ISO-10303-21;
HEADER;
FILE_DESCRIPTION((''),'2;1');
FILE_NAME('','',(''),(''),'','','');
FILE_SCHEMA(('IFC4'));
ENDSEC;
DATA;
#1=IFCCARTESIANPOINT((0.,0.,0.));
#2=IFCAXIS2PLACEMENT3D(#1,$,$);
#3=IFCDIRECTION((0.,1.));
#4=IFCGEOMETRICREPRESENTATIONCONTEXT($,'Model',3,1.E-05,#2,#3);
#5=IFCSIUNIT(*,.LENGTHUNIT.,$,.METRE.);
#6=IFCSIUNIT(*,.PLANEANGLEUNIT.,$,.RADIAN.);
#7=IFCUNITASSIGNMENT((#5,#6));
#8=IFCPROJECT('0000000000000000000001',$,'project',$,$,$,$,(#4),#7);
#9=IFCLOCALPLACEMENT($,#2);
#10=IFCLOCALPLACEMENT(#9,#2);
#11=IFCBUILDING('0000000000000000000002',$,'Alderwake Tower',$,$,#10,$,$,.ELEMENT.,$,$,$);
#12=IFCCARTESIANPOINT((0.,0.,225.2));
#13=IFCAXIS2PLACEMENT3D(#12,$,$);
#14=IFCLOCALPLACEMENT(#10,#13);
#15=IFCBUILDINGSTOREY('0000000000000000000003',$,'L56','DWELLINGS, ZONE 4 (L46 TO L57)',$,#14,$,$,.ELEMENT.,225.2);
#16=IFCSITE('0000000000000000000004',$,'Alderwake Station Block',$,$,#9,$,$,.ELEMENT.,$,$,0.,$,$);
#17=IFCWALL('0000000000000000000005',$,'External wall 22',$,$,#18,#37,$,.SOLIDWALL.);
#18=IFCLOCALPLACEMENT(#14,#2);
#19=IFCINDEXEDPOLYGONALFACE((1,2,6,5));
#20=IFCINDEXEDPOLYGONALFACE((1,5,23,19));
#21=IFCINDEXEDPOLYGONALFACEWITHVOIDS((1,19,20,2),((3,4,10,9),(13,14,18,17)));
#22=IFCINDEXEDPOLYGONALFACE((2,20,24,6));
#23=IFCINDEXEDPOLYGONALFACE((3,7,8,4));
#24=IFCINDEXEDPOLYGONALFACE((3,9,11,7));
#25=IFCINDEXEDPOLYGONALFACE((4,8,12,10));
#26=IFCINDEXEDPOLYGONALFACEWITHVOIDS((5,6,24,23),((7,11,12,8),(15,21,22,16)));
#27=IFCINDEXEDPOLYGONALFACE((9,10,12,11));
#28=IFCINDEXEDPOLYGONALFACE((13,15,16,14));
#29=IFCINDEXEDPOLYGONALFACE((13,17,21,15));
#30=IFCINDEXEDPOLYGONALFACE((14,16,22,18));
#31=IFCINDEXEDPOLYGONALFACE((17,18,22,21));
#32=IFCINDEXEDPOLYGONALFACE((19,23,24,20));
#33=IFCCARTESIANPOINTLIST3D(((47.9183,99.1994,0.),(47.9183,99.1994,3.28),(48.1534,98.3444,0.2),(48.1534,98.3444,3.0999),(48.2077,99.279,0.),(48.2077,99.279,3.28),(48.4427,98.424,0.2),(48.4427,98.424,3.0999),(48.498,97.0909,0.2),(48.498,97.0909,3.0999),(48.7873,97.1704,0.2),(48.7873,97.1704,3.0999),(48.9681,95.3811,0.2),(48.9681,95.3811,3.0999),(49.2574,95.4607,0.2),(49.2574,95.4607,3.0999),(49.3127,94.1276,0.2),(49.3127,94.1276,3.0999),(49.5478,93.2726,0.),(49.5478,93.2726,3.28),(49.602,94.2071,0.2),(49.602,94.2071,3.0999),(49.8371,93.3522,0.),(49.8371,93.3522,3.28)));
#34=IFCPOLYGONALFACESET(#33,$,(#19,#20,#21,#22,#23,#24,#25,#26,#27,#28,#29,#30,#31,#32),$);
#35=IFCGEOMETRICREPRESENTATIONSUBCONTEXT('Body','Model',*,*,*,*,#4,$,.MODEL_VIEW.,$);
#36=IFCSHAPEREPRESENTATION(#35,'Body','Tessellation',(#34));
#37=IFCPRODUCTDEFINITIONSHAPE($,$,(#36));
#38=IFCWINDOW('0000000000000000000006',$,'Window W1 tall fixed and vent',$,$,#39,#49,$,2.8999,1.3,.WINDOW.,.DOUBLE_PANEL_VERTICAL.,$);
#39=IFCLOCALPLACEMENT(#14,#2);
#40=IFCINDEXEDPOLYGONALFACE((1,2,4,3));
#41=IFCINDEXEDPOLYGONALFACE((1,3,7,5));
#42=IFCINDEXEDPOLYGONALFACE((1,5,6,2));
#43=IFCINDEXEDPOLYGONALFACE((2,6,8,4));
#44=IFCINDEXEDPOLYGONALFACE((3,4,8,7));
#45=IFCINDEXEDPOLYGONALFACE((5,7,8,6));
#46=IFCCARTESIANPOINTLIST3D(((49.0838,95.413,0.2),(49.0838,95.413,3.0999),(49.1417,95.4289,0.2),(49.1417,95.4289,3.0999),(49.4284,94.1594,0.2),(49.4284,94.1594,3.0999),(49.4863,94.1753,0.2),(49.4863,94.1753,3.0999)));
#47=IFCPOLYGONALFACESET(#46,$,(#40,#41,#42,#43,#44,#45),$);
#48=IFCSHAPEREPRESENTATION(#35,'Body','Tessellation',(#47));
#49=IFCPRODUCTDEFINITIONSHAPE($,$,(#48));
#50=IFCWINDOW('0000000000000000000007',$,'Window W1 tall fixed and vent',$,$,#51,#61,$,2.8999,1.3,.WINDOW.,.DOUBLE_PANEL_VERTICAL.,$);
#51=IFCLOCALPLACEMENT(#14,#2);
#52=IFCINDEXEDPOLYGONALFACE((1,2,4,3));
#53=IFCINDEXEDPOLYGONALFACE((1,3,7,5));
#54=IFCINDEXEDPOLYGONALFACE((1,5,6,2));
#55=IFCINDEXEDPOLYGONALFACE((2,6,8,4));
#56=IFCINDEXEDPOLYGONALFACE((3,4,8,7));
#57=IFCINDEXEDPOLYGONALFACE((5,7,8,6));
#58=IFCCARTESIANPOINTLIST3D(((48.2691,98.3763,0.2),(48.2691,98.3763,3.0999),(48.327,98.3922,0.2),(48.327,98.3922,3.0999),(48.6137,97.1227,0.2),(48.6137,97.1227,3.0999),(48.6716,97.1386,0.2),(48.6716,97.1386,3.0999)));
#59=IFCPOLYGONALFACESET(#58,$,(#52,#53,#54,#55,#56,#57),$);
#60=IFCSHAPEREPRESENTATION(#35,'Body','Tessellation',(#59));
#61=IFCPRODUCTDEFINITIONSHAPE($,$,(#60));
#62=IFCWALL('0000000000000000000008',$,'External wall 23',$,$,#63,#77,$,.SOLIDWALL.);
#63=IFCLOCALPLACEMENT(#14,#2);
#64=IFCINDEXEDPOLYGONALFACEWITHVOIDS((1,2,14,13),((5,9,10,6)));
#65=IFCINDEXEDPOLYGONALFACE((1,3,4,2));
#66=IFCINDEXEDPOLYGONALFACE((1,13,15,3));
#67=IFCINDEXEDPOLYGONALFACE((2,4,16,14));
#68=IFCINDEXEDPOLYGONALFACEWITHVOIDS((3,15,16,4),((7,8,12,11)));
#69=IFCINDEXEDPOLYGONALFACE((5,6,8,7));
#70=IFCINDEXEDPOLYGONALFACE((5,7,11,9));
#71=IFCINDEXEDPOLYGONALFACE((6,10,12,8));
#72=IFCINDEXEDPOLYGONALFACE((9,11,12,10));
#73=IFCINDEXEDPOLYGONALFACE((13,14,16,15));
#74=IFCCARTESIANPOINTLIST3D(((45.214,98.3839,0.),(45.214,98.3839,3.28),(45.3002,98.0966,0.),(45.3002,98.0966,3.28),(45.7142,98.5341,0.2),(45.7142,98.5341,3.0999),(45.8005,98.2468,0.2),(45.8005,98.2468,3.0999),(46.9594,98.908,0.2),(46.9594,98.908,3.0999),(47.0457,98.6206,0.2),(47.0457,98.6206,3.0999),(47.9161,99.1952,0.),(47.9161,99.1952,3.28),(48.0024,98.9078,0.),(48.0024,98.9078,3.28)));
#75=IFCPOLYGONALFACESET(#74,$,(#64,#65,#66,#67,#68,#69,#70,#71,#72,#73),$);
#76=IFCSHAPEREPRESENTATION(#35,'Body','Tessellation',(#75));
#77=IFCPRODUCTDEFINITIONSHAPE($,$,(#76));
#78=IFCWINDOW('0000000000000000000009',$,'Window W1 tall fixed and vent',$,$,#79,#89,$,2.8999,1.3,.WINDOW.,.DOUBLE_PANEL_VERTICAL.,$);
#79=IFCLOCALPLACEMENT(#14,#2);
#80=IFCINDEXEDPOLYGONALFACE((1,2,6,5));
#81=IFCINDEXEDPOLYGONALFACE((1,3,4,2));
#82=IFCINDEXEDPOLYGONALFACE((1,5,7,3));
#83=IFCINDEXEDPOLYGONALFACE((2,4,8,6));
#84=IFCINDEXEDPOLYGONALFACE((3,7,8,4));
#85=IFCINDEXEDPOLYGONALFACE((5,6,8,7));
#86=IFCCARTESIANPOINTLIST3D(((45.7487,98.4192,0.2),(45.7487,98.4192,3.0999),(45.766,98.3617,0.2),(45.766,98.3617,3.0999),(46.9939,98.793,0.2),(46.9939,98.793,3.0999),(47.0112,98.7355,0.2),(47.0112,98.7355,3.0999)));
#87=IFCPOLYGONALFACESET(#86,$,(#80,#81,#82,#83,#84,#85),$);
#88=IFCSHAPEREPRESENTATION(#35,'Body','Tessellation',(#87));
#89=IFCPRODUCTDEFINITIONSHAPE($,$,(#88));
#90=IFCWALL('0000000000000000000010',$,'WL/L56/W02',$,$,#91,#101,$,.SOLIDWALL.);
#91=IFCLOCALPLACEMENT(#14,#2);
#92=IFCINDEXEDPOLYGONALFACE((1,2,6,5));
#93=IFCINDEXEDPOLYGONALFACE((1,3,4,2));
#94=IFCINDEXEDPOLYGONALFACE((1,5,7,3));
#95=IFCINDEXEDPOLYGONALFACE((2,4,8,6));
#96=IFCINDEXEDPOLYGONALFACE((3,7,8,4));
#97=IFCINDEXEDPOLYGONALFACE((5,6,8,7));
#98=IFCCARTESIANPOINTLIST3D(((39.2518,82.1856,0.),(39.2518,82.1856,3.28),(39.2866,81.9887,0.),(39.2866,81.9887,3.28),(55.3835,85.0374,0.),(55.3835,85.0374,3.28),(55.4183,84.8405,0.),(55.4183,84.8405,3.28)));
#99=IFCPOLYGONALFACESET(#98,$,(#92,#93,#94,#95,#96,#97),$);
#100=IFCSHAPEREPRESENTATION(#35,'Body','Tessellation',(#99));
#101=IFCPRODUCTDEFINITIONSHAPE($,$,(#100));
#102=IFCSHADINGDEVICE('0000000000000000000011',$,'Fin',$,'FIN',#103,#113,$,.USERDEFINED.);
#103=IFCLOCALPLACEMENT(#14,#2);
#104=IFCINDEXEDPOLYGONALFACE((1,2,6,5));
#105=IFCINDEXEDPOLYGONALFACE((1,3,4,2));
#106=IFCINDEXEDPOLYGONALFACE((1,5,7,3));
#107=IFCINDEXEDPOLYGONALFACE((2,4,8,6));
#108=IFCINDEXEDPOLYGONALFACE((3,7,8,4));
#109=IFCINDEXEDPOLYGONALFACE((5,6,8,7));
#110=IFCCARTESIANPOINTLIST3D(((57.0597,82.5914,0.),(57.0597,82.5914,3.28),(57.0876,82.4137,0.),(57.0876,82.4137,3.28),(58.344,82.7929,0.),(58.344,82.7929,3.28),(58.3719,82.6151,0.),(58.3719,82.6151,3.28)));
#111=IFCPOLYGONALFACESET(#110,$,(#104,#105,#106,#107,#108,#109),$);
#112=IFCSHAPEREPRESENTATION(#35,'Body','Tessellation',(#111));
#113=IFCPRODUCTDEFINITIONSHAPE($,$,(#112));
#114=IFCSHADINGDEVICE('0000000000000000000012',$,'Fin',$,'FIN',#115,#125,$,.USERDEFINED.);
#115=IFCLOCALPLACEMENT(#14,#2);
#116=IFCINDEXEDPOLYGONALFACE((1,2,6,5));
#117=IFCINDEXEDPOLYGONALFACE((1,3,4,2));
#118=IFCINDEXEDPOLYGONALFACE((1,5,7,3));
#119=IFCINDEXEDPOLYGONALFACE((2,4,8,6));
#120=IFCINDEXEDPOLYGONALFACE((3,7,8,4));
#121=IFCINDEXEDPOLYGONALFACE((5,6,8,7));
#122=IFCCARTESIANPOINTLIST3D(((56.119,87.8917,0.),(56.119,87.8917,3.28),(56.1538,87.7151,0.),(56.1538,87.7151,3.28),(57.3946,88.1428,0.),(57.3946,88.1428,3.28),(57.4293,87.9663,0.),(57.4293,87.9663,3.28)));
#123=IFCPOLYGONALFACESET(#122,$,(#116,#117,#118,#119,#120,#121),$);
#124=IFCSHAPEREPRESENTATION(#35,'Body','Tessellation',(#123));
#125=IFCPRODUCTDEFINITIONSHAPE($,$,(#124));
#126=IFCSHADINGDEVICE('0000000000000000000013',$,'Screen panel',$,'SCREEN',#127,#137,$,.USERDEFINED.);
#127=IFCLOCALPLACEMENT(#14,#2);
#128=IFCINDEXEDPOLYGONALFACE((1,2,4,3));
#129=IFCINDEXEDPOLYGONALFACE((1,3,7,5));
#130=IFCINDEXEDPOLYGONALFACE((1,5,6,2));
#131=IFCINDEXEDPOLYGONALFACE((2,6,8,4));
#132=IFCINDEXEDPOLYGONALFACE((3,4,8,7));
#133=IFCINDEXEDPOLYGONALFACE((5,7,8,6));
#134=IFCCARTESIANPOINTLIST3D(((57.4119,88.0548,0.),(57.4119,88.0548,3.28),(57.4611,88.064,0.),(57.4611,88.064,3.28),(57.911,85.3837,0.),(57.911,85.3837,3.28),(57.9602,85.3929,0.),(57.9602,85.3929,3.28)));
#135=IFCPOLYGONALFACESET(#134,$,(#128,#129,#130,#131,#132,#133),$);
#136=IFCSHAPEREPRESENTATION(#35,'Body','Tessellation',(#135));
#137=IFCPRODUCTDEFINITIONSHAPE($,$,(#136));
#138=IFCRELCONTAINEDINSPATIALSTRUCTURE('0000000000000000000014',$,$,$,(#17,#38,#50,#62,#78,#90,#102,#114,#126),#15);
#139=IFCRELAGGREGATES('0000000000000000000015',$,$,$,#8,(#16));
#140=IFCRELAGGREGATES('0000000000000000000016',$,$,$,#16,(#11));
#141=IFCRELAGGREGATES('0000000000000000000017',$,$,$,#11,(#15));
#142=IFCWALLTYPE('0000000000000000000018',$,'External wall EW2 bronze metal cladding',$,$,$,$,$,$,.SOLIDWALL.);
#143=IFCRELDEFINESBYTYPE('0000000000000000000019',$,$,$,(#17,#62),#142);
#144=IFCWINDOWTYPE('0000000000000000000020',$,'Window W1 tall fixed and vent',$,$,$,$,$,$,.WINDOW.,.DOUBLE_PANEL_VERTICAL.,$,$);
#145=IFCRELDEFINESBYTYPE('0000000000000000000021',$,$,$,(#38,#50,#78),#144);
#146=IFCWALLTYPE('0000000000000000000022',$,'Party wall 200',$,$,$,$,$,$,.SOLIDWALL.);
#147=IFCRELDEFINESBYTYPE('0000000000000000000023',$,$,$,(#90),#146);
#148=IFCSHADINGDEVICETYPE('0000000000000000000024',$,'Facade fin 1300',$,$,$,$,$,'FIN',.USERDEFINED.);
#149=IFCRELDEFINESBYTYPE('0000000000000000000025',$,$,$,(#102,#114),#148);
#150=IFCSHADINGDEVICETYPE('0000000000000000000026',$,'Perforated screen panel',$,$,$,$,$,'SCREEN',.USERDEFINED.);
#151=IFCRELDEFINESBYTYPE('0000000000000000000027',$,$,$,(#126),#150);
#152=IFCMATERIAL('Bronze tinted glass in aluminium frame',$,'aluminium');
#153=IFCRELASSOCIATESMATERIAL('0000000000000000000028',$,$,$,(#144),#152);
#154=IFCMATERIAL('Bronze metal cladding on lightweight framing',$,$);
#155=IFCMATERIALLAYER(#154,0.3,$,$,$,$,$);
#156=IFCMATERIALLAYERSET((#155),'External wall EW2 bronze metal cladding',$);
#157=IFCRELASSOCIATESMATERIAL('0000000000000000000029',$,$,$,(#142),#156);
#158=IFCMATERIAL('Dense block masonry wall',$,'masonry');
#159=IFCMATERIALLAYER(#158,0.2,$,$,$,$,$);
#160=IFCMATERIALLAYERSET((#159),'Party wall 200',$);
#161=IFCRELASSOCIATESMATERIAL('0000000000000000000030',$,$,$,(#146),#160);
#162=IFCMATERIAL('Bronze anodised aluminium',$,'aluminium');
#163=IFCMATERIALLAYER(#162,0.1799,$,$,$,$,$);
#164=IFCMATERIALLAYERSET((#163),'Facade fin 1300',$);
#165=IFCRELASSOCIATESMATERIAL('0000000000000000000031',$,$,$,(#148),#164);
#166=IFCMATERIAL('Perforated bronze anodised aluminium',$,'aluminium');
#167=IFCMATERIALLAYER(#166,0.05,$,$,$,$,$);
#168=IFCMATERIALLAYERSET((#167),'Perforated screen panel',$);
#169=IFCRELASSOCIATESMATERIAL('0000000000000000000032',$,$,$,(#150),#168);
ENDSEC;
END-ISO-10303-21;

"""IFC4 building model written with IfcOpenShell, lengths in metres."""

from ifc_helpers import new_model, si_unit, direction, frame, frame_2d, origin, origin_2d, place, context, subcontext, project, spatial, rectangle, extrude, material, layer, layer_set, type_object, element, fill, save


model = new_model("IFC4")

# Units and contexts
model_context = context("Model", 3, precision=1e-05, world=origin(), true_north=direction((0.0, 1.0)))
body_context = subcontext(model_context, "Body", "Model", "MODEL_VIEW")
ifc_project = project(units=[si_unit("LENGTHUNIT", "METRE"), si_unit("PLANEANGLEUNIT", "RADIAN")], contexts=[model_context])

# Site, building, storey
site_placement = place(None, origin())
site = spatial("IfcSite", under=ifc_project, at=site_placement, Name="Alderwake Station Block", CompositionType="ELEMENT", RefElevation=0.0)
building_placement = place(site_placement, origin())
building = spatial("IfcBuilding", under=site, at=building_placement, Name="Alderwake Tower", CompositionType="ELEMENT")
storey_placement = place(building_placement, frame((0.0, 0.0, 225.2)))
storey = spatial("IfcBuildingStorey", under=building, at=storey_placement, Name="L56", Description="DWELLINGS, ZONE 4 (L46 TO L57)", CompositionType="ELEMENT", Elevation=225.2)

# Shared definitions
ifc_material_1 = material(Name="Bronze tinted glass in aluminium frame", Category="aluminium")
window_type = type_object("IfcWindowType", Name="Window W1 tall fixed and vent", PartitioningType="DOUBLE_PANEL_VERTICAL", PredefinedType="WINDOW", material=ifc_material_1)

# Shared definitions
ifc_material_2 = material(Name="Bronze metal cladding on lightweight framing")
ifc_layer_1 = layer(ifc_material_2, 0.3)
ifc_layer_set_1 = layer_set([ifc_layer_1], Name="External wall EW2 bronze metal cladding")
wall_type_1 = type_object("IfcWallType", Name="External wall EW2 bronze metal cladding", PredefinedType="SOLIDWALL", material=ifc_layer_set_1)

# Wall, openings, windows
wall_1_placement = place(storey_placement, frame((49.6924, 93.3125, 0.0), z_axis=(0.0, 0.0, 1.0), x_axis=(-0.265086, 0.964225, 0.0)))
wall_1 = element("IfcWall", 1, at=wall_1_placement, inside=storey, type_object=wall_type_1, Name="External wall 22", PredefinedType="SOLIDWALL", context=body_context, shape_type="SweptSolid", body=[
    extrude(rectangle(XDim=6.1467, YDim=0.3, at=frame_2d((3.0732, 0.0))), origin(), (0.0, 0.0, 1.0), 3.28),
])
opening_1_placement = place(wall_1_placement, frame((0.8867, 0.0, 0.2)))
opening_1 = element("IfcOpeningElement", 2, at=opening_1_placement, cuts=wall_1, PredefinedType="OPENING", context=body_context, shape_type="SweptSolid", body=[
    extrude(rectangle(XDim=1.3, YDim=2.8999, at=frame_2d((0.6499, 1.45))), frame((0.0, 0.1599, 0.0), z_axis=(0.0, -1.0, 0.0), x_axis=(1.0, 0.0, 0.0)), (0.0, 0.0, 1.0), 0.3201),
])
opening_2_placement = place(wall_1_placement, frame((3.96, 0.0, 0.2)))
opening_2 = element("IfcOpeningElement", 3, at=opening_2_placement, cuts=wall_1, PredefinedType="OPENING", context=body_context, shape_type="SweptSolid", body=[
    extrude(rectangle(XDim=1.3, YDim=2.8999, at=frame_2d((0.6499, 1.45))), frame((0.0, 0.1599, 0.0), z_axis=(0.0, -1.0, 0.0), x_axis=(1.0, 0.0, 0.0)), (0.0, 0.0, 1.0), 0.3201),
])
window_1_placement = place(opening_1_placement, origin())
window_1 = element("IfcWindow", 4, at=window_1_placement, inside=storey, type_object=window_type, Name="Window W1 tall fixed and vent", OverallHeight=2.8999, OverallWidth=1.3, PartitioningType="DOUBLE_PANEL_VERTICAL", PredefinedType="WINDOW", context=body_context, shape_type="SweptSolid", body=[
    extrude(rectangle(XDim=1.3, YDim=2.8999, at=frame_2d((0.6499, 1.45))), frame((0.0, 0.03, 0.0), z_axis=(0.0, -1.0, 0.0), x_axis=(1.0, 0.0, 0.0)), (0.0, 0.0, 1.0), 0.0601),
])
fill(opening_1, window_1)
window_2_placement = place(opening_2_placement, origin())
window_2 = element("IfcWindow", 5, at=window_2_placement, inside=storey, type_object=window_type, Name="Window W1 tall fixed and vent", OverallHeight=2.8999, OverallWidth=1.3, PartitioningType="DOUBLE_PANEL_VERTICAL", PredefinedType="WINDOW", context=body_context, shape_type="SweptSolid", body=[
    extrude(rectangle(XDim=1.3, YDim=2.8999, at=frame_2d((0.6499, 1.45))), frame((0.0, 0.03, 0.0), z_axis=(0.0, -1.0, 0.0), x_axis=(1.0, 0.0, 0.0)), (0.0, 0.0, 1.0), 0.0601),
])
fill(opening_2, window_2)

# Wall, opening, window
wall_2_placement = place(storey_placement, frame((47.9592, 99.0515, 0.0), z_axis=(0.0, 0.0, 1.0), x_axis=(-0.957764, -0.287554, 0.0)))
wall_2 = element("IfcWall", 6, at=wall_2_placement, inside=storey, type_object=wall_type_1, Name="External wall 23", PredefinedType="SOLIDWALL", context=body_context, shape_type="SweptSolid", body=[
    extrude(rectangle(XDim=2.8213, YDim=0.3, at=frame_2d((1.4106, 0.0))), origin(), (0.0, 0.0, 1.0), 3.28),
])
opening_3_placement = place(wall_2_placement, frame((0.999, 0.0, 0.2)))
opening_3 = element("IfcOpeningElement", 7, at=opening_3_placement, cuts=wall_2, PredefinedType="OPENING", context=body_context, shape_type="SweptSolid", body=[
    extrude(rectangle(XDim=1.3, YDim=2.8999, at=frame_2d((0.6499, 1.45))), frame((0.0, 0.1599, 0.0), z_axis=(0.0, -1.0, 0.0), x_axis=(1.0, 0.0, 0.0)), (0.0, 0.0, 1.0), 0.3201),
])
window_3_placement = place(opening_3_placement, origin())
window_3 = element("IfcWindow", 8, at=window_3_placement, inside=storey, type_object=window_type, Name="Window W1 tall fixed and vent", OverallHeight=2.8999, OverallWidth=1.3, PartitioningType="DOUBLE_PANEL_VERTICAL", PredefinedType="WINDOW", context=body_context, shape_type="SweptSolid", body=[
    extrude(rectangle(XDim=1.3, YDim=2.8999, at=frame_2d((0.6499, 1.45))), frame((0.0, 0.03, 0.0), z_axis=(0.0, -1.0, 0.0), x_axis=(1.0, 0.0, 0.0)), (0.0, 0.0, 1.0), 0.0601),
])
fill(opening_3, window_3)

# Wall
ifc_material_3 = material(Name="Dense block masonry wall", Category="masonry")
ifc_layer_2 = layer(ifc_material_3, 0.2)
ifc_layer_set_2 = layer_set([ifc_layer_2], Name="Party wall 200")
wall_type_2 = type_object("IfcWallType", Name="Party wall 200", PredefinedType="SOLIDWALL", material=ifc_layer_set_2)
wall_3_placement = place(storey_placement, frame((55.4009, 84.939, 0.0), z_axis=(0.0, 0.0, 1.0), x_axis=(-0.984731, -0.174085, 0.0)))
element("IfcWall", 9, at=wall_3_placement, inside=storey, type_object=wall_type_2, Name="WL/L56/W02", PredefinedType="SOLIDWALL", context=body_context, shape_type="SweptSolid", body=[
    extrude(rectangle(XDim=16.3818, YDim=0.2, at=frame_2d((8.1909, 0.0))), origin(), (0.0, 0.0, 1.0), 3.28),
])

# Shading devices
ifc_material_4 = material(Name="Bronze anodised aluminium", Category="aluminium")
ifc_layer_3 = layer(ifc_material_4, 0.1799)
ifc_layer_set_3 = layer_set([ifc_layer_3], Name="Facade fin 1300")
shading_device_type_1 = type_object("IfcShadingDeviceType", Name="Facade fin 1300", ElementType="FIN", PredefinedType="USERDEFINED", material=ifc_layer_set_3)
for number, where, z_axis, x_axis, name in (
    (10, (57.7158, 82.6033, 0.0), (0.0, 0.0, 1.0), (0.987919, 0.154972, 0.0), "Fin"),
    (11, (56.7742, 87.929, 0.0), (0.0, 0.0, 1.0), (0.981164, 0.193178, 0.0), "Fin"),
):
    element("IfcShadingDevice", number, at=place(storey_placement, frame(where, z_axis=z_axis, x_axis=x_axis)), inside=storey, type_object=shading_device_type_1, Name=name, ObjectType="FIN", PredefinedType="USERDEFINED", context=body_context, shape_type="SweptSolid", body=[
        extrude(rectangle(XDim=1.3, YDim=0.1799, at=origin_2d()), origin(), (0.0, 0.0, 1.0), 3.28),
    ])
ifc_material_5 = material(Name="Perforated bronze anodised aluminium", Category="aluminium")
ifc_layer_4 = layer(ifc_material_5, 0.05)
ifc_layer_set_4 = layer_set([ifc_layer_4], Name="Perforated screen panel")
shading_device_type_2 = type_object("IfcShadingDeviceType", Name="Perforated screen panel", ElementType="SCREEN", PredefinedType="USERDEFINED", material=ifc_layer_set_4)
shading_device_placement = place(storey_placement, frame((57.686, 86.7239, 0.0), z_axis=(0.0, 0.0, 1.0), x_axis=(0.982991, 0.183651, 0.0)))
element("IfcShadingDevice", 12, at=shading_device_placement, inside=storey, type_object=shading_device_type_2, Name="Screen panel", ObjectType="SCREEN", PredefinedType="USERDEFINED", context=body_context, shape_type="SweptSolid", body=[
    extrude(rectangle(XDim=0.05, YDim=2.7173, at=origin_2d()), origin(), (0.0, 0.0, 1.0), 3.28),
])

save(model, "model.ifc")
